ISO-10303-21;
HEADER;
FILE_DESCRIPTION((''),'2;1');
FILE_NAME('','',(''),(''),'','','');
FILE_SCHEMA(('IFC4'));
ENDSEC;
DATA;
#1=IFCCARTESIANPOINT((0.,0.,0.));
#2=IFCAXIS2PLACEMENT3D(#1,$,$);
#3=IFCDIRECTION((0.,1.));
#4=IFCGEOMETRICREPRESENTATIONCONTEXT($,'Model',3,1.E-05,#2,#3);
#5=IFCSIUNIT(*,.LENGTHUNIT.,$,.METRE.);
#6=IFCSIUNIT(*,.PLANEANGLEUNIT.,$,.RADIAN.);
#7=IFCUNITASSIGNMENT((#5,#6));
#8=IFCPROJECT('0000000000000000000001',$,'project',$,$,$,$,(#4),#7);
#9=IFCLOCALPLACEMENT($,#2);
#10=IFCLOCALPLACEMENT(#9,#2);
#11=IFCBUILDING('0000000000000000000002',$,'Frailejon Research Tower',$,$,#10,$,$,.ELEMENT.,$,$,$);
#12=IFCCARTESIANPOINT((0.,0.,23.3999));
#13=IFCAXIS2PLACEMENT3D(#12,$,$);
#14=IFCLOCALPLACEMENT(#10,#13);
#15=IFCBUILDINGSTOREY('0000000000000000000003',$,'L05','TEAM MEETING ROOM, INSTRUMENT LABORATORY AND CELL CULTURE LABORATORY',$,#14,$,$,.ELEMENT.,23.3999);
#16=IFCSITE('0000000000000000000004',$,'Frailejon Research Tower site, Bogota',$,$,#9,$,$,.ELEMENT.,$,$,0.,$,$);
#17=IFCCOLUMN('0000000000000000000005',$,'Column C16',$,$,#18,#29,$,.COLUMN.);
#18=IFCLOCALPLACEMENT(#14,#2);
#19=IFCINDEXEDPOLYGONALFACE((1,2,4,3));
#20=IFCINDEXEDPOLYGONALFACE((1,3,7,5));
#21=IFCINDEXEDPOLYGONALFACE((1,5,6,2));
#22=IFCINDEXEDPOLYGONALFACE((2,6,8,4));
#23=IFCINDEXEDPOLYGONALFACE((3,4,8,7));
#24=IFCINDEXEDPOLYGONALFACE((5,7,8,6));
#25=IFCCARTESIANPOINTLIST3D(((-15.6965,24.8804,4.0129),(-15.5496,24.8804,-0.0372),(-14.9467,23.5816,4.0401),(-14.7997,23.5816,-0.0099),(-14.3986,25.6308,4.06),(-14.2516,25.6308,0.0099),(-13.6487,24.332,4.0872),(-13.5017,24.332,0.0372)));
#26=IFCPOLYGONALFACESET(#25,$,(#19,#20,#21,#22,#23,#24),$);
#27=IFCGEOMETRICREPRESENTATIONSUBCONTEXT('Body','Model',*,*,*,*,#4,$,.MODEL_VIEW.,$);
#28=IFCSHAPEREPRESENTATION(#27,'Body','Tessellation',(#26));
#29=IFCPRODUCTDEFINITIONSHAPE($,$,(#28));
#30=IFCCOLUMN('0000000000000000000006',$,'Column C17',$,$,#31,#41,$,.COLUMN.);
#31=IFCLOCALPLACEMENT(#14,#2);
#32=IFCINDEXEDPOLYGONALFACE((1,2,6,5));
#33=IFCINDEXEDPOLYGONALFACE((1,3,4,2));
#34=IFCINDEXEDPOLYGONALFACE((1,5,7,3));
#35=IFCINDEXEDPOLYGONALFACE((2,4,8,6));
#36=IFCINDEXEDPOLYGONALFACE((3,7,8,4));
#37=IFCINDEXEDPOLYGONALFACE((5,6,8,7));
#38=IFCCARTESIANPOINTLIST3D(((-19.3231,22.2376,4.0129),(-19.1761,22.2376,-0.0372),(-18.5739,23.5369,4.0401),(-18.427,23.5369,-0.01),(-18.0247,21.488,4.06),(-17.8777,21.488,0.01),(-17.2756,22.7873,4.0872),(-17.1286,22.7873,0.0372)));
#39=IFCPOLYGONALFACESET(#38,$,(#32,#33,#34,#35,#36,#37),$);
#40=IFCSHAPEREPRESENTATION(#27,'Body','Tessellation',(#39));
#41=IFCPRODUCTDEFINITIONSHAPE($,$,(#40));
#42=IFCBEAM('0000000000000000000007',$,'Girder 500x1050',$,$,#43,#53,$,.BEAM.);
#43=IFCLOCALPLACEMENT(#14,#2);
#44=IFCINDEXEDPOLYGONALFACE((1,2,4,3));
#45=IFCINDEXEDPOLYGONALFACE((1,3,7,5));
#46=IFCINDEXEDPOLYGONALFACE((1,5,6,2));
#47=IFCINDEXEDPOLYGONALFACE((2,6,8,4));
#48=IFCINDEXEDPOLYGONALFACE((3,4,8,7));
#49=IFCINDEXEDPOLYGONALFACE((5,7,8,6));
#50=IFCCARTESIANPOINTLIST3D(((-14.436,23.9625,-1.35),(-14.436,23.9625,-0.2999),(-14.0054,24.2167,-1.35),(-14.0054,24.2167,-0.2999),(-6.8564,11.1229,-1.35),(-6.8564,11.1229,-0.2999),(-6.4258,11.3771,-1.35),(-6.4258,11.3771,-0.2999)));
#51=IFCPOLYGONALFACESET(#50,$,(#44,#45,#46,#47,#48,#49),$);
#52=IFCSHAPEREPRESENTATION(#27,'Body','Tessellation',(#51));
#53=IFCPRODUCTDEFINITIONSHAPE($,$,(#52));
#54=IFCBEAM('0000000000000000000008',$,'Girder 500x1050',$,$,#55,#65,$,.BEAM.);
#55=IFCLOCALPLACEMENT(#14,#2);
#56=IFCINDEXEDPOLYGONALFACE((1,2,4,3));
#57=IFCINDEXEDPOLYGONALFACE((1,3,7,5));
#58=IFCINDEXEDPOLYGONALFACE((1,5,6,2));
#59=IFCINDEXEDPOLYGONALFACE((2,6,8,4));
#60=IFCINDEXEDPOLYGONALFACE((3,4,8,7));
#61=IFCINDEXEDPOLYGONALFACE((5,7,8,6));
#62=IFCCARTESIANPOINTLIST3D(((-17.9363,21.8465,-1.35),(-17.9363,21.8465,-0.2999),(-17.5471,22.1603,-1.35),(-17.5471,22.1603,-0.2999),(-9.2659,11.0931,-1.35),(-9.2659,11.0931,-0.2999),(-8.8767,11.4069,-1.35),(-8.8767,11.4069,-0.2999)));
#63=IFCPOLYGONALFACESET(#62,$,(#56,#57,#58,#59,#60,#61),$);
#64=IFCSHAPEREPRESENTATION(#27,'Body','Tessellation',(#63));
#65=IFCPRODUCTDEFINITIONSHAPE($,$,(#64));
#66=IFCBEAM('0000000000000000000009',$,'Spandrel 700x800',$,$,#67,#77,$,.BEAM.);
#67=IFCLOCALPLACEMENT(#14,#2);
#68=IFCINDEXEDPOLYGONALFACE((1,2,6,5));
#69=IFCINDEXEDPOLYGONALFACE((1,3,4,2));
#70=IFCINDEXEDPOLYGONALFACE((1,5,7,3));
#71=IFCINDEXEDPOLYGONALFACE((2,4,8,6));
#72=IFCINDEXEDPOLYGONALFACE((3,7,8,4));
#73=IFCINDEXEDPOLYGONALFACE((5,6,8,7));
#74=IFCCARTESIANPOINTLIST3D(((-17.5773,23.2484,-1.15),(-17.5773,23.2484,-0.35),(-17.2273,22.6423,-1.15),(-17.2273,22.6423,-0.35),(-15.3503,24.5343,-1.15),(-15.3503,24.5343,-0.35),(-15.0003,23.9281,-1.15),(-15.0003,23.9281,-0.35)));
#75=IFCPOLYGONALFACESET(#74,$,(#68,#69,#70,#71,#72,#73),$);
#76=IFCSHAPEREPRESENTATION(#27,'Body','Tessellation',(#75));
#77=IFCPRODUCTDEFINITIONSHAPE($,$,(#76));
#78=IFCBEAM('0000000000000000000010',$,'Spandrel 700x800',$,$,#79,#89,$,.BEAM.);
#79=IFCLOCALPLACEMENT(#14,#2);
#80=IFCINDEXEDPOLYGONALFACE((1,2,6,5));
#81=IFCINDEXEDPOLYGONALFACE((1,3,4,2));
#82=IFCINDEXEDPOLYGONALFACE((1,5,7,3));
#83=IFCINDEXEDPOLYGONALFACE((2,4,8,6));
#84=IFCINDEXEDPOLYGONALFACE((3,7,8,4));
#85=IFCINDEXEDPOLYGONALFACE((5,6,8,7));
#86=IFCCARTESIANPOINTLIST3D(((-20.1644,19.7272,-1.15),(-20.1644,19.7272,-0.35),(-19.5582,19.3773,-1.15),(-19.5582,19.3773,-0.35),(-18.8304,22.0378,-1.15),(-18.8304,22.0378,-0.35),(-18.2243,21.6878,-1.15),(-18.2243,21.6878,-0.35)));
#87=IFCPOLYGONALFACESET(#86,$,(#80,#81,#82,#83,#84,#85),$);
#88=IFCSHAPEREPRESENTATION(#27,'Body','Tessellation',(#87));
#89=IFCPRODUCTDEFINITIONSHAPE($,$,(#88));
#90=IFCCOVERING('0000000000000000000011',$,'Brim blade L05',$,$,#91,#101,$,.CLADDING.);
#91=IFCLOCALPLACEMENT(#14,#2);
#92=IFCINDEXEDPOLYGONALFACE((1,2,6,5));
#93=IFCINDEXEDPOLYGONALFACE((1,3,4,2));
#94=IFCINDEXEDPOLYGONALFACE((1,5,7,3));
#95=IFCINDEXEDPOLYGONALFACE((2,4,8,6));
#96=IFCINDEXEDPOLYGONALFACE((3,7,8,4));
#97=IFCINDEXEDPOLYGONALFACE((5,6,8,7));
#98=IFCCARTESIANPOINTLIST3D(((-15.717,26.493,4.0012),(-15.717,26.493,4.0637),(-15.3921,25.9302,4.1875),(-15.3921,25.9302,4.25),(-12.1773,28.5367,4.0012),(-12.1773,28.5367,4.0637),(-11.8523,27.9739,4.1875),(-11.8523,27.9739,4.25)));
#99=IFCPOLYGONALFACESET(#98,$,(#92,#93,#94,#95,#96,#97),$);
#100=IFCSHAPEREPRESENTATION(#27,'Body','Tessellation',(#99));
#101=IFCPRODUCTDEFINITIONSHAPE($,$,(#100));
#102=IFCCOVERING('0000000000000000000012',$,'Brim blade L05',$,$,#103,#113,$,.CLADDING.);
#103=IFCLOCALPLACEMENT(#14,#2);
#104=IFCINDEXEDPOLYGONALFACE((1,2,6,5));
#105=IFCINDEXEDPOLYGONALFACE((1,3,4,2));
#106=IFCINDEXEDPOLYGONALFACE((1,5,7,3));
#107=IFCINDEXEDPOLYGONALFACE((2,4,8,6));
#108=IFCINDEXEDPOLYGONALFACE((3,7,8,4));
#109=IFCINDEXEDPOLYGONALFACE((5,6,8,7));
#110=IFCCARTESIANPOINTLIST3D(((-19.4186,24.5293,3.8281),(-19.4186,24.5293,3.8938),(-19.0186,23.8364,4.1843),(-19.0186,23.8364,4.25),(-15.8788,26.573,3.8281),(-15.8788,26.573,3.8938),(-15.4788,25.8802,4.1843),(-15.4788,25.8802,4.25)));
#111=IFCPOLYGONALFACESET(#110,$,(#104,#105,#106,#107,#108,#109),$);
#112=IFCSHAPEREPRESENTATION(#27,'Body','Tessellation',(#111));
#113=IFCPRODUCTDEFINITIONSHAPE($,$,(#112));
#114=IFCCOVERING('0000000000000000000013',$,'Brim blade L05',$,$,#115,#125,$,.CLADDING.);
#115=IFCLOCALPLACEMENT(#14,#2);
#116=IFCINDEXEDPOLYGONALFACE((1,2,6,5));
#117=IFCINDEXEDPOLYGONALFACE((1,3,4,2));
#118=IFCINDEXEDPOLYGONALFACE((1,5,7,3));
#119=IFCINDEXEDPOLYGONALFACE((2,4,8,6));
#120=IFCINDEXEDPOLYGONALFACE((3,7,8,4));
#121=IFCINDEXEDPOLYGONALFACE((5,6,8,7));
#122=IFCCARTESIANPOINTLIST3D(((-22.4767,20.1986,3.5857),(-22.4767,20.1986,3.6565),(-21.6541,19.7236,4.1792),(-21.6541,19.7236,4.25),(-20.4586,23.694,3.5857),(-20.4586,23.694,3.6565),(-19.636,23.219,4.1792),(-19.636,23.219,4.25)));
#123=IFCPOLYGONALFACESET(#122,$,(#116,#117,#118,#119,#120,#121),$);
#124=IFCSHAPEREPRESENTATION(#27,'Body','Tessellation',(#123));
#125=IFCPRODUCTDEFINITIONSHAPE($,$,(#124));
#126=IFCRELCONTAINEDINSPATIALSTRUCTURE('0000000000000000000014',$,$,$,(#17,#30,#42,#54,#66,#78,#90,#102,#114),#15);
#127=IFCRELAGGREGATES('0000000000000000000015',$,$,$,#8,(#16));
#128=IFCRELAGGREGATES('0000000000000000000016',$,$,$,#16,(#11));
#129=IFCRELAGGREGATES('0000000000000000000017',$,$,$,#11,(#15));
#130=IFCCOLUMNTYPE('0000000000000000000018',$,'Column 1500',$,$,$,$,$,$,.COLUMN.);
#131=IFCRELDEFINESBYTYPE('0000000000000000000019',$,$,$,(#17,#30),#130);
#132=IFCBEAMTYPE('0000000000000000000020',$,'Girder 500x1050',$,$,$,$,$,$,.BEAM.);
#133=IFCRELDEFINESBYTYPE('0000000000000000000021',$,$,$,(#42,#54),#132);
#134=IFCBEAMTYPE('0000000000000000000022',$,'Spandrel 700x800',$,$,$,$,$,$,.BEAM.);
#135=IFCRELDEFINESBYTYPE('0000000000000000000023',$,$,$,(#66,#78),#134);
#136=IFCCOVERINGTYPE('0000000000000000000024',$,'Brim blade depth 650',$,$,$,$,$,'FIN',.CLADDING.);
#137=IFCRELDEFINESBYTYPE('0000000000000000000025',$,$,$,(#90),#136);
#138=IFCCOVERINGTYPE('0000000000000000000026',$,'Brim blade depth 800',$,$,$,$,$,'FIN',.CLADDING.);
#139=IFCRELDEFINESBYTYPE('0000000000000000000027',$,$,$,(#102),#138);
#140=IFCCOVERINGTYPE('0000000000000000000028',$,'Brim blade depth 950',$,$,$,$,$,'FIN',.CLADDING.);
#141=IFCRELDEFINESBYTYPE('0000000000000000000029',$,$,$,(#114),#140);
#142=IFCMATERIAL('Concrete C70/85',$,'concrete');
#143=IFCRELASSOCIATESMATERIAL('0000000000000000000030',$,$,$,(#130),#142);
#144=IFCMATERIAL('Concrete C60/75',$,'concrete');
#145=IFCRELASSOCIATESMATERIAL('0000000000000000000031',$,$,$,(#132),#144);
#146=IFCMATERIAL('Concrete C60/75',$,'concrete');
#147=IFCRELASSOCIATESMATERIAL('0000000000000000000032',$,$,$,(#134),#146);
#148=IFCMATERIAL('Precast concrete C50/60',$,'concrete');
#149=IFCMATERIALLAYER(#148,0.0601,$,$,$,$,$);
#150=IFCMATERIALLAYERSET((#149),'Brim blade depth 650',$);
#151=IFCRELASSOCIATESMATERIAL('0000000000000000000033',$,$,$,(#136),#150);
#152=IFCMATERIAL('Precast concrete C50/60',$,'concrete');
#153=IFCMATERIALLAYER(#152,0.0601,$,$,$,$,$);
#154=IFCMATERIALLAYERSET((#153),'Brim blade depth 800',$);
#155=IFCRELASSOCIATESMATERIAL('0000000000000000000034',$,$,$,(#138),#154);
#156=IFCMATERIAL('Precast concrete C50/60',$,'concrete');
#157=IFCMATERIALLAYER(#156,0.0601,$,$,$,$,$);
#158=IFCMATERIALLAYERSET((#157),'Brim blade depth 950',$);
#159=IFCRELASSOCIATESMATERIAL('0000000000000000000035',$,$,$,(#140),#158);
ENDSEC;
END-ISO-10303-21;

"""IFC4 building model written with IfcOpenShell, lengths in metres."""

from ifc_helpers import new_model, si_unit, direction, frame, origin, origin_2d, place, context, subcontext, project, spatial, polyline, rectangle, outline, extrude, material, layer, layer_set, material_profile, profile_set, type_object, element, save


model = new_model("IFC4")

# Units and contexts
model_context = context("Model", 3, precision=1e-05, world=origin(), true_north=direction((0.0, 1.0)))
body_context = subcontext(model_context, "Body", "Model", "MODEL_VIEW")
ifc_project = project(units=[si_unit("LENGTHUNIT", "METRE"), si_unit("PLANEANGLEUNIT", "RADIAN")], contexts=[model_context])

# Site, building, storey
site_placement = place(None, origin())
site = spatial("IfcSite", under=ifc_project, at=site_placement, Name="Frailejon Research Tower site, Bogota", CompositionType="ELEMENT", RefElevation=0.0)
building_placement = place(site_placement, origin())
building = spatial("IfcBuilding", under=site, at=building_placement, Name="Frailejon Research Tower", CompositionType="ELEMENT")
storey_placement = place(building_placement, frame((0.0, 0.0, 23.3999)))
storey = spatial("IfcBuildingStorey", under=building, at=storey_placement, Name="L05", Description="TEAM MEETING ROOM, INSTRUMENT LABORATORY AND CELL CULTURE LABORATORY", CompositionType="ELEMENT", Elevation=23.3999)

# Columns
ifc_material_1 = material(Name="Concrete C70/85", Category="concrete")
ifc_material_profile_1 = material_profile(ifc_material_1, rectangle(XDim=1.5, YDim=1.5, at=origin_2d()), Name="Column 1500")
ifc_profile_set_1 = profile_set([ifc_material_profile_1], Name="Concrete C70/85")
column_type = type_object("IfcColumnType", Name="Column 1500", PredefinedType="COLUMN", material=ifc_profile_set_1)
for number, where, z_axis, x_axis, name in (
    (1, (-14.5256, 24.6062, 0.0), (-0.036265, 0.0, 0.999342), (-0.865314, -0.500246, -0.031401), "Column C16"),
    (2, (-18.1523, 22.5125, 0.0), (-0.036265, 0.0, 0.999342), (-0.499425, -0.866168, -0.018124), "Column C17"),
):
    element("IfcColumn", number, at=place(storey_placement, frame(where, z_axis=z_axis, x_axis=x_axis)), inside=storey, type_object=column_type, Name=name, PredefinedType="COLUMN", context=body_context, shape_type="SweptSolid", body=[
        extrude(rectangle(XDim=1.5, YDim=1.5, at=origin_2d()), origin(), (0.0, 0.0, 1.0), 4.0527),
    ])

# Beams
ifc_material_2 = material(Name="Concrete C60/75", Category="concrete")
ifc_material_profile_2 = material_profile(ifc_material_2, rectangle(XDim=0.5, YDim=1.05, at=origin_2d()), Name="Girder 500x1050")
ifc_profile_set_2 = profile_set([ifc_material_profile_2], Name="Concrete C60/75")
beam_type_1 = type_object("IfcBeamType", Name="Girder 500x1050", PredefinedType="BEAM", material=ifc_profile_set_2)
beam_1_placement = place(storey_placement, frame((-14.2207, 24.0896, -0.825), z_axis=(0.508359, -0.861145, 0.0), x_axis=(0.861145, 0.508359, 0.0)))
element("IfcBeam", 3, at=beam_1_placement, inside=storey, type_object=beam_type_1, Name="Girder 500x1050", PredefinedType="BEAM", context=body_context, shape_type="SweptSolid", body=[
    extrude(rectangle(XDim=0.5, YDim=1.05, at=origin_2d()), origin(), (0.0, 0.0, 1.0), 14.9099),
])
beam_2_placement = place(storey_placement, frame((-17.7417, 22.0034, -0.825), z_axis=(0.627678, -0.778473, 0.0), x_axis=(0.778473, 0.627678, 0.0)))
element("IfcBeam", 4, at=beam_2_placement, inside=storey, type_object=beam_type_1, Name="Girder 500x1050", PredefinedType="BEAM", context=body_context, shape_type="SweptSolid", body=[
    extrude(rectangle(XDim=0.5, YDim=1.05, at=origin_2d()), origin(), (0.0, 0.0, 1.0), 13.8135),
])
ifc_material_3 = material(Name="Concrete C60/75", Category="concrete")
ifc_material_profile_3 = material_profile(ifc_material_3, rectangle(XDim=0.7, YDim=0.8, at=origin_2d()), Name="Spandrel 700x800")
ifc_profile_set_3 = profile_set([ifc_material_profile_3], Name="Concrete C60/75")
beam_type_2 = type_object("IfcBeamType", Name="Spandrel 700x800", PredefinedType="BEAM", material=ifc_profile_set_3)
beam_3_placement = place(storey_placement, frame((-15.1753, 24.2312, -0.75), z_axis=(-0.866009, -0.500029, 0.0), x_axis=(0.500029, -0.866009, 0.0)))
element("IfcBeam", 5, at=beam_3_placement, inside=storey, type_object=beam_type_2, Name="Spandrel 700x800", PredefinedType="BEAM", context=body_context, shape_type="SweptSolid", body=[
    extrude(rectangle(XDim=0.7, YDim=0.8, at=origin_2d()), origin(), (0.0, 0.0, 1.0), 2.5715),
])
beam_4_placement = place(storey_placement, frame((-18.5273, 21.8628, -0.75), z_axis=(-0.499997, -0.866027, 0.0), x_axis=(0.866027, -0.499997, 0.0)))
element("IfcBeam", 6, at=beam_4_placement, inside=storey, type_object=beam_type_2, Name="Spandrel 700x800", PredefinedType="BEAM", context=body_context, shape_type="SweptSolid", body=[
    extrude(rectangle(XDim=0.7, YDim=0.8, at=origin_2d()), origin(), (0.0, 0.0, 1.0), 2.668),
])

# Coverings
ifc_material_4 = material(Name="Precast concrete C50/60", Category="concrete")
ifc_layer_1 = layer(ifc_material_4, 0.0601)
ifc_layer_set_1 = layer_set([ifc_layer_1], Name="Brim blade depth 650")
covering_type_1 = type_object("IfcCoveringType", Name="Brim blade depth 650", ElementType="FIN", PredefinedType="CLADDING", material=ifc_layer_set_1)
covering_1_placement = place(storey_placement, frame((-15.3921, 25.9302, 4.25), z_axis=(0.866021, 0.500007, 0.0), x_axis=(-0.500007, 0.866021, 0.0)))
element("IfcCovering", 7, at=covering_1_placement, inside=storey, type_object=covering_type_1, Name="Brim blade L05", PredefinedType="CLADDING", context=body_context, shape_type="SweptSolid", body=[
    extrude(outline(polyline([(0.0, -0.0625), (0.6499, -0.2488), (0.6499, -0.1863), (0.0, 0.0), (0.0, -0.0625)])), origin(), (0.0, 0.0, 1.0), 4.0874),
])
ifc_material_5 = material(Name="Precast concrete C50/60", Category="concrete")
ifc_layer_2 = layer(ifc_material_5, 0.0601)
ifc_layer_set_2 = layer_set([ifc_layer_2], Name="Brim blade depth 800")
covering_type_2 = type_object("IfcCoveringType", Name="Brim blade depth 800", ElementType="FIN", PredefinedType="CLADDING", material=ifc_layer_set_2)
covering_2_placement = place(storey_placement, frame((-19.0186, 23.8364, 4.25), z_axis=(0.866021, 0.500007, 0.0), x_axis=(-0.500007, 0.866021, 0.0)))
element("IfcCovering", 8, at=covering_2_placement, inside=storey, type_object=covering_type_2, Name="Brim blade L05", PredefinedType="CLADDING", context=body_context, shape_type="SweptSolid", body=[
    extrude(outline(polyline([(0.0, -0.0657), (0.8, -0.4219), (0.8, -0.3562), (0.0, 0.0), (0.0, -0.0657)])), origin(), (0.0, 0.0, 1.0), 4.0874),
])
ifc_material_6 = material(Name="Precast concrete C50/60", Category="concrete")
ifc_layer_3 = layer(ifc_material_6, 0.0601)
ifc_layer_set_3 = layer_set([ifc_layer_3], Name="Brim blade depth 950")
covering_type_3 = type_object("IfcCoveringType", Name="Brim blade depth 950", ElementType="FIN", PredefinedType="CLADDING", material=ifc_layer_set_3)
covering_3_placement = place(storey_placement, frame((-21.6541, 19.7236, 4.25), z_axis=(0.500006, 0.866022, 0.0), x_axis=(-0.866022, 0.500006, 0.0)))
element("IfcCovering", 9, at=covering_3_placement, inside=storey, type_object=covering_type_3, Name="Brim blade L05", PredefinedType="CLADDING", context=body_context, shape_type="SweptSolid", body=[
    extrude(outline(polyline([(0.0, -0.0708), (0.95, -0.6643), (0.95, -0.5935), (0.0, 0.0), (0.0, -0.0708)])), origin(), (0.0, 0.0, 1.0), 4.0361),
])

save(model, "model.ifc")
